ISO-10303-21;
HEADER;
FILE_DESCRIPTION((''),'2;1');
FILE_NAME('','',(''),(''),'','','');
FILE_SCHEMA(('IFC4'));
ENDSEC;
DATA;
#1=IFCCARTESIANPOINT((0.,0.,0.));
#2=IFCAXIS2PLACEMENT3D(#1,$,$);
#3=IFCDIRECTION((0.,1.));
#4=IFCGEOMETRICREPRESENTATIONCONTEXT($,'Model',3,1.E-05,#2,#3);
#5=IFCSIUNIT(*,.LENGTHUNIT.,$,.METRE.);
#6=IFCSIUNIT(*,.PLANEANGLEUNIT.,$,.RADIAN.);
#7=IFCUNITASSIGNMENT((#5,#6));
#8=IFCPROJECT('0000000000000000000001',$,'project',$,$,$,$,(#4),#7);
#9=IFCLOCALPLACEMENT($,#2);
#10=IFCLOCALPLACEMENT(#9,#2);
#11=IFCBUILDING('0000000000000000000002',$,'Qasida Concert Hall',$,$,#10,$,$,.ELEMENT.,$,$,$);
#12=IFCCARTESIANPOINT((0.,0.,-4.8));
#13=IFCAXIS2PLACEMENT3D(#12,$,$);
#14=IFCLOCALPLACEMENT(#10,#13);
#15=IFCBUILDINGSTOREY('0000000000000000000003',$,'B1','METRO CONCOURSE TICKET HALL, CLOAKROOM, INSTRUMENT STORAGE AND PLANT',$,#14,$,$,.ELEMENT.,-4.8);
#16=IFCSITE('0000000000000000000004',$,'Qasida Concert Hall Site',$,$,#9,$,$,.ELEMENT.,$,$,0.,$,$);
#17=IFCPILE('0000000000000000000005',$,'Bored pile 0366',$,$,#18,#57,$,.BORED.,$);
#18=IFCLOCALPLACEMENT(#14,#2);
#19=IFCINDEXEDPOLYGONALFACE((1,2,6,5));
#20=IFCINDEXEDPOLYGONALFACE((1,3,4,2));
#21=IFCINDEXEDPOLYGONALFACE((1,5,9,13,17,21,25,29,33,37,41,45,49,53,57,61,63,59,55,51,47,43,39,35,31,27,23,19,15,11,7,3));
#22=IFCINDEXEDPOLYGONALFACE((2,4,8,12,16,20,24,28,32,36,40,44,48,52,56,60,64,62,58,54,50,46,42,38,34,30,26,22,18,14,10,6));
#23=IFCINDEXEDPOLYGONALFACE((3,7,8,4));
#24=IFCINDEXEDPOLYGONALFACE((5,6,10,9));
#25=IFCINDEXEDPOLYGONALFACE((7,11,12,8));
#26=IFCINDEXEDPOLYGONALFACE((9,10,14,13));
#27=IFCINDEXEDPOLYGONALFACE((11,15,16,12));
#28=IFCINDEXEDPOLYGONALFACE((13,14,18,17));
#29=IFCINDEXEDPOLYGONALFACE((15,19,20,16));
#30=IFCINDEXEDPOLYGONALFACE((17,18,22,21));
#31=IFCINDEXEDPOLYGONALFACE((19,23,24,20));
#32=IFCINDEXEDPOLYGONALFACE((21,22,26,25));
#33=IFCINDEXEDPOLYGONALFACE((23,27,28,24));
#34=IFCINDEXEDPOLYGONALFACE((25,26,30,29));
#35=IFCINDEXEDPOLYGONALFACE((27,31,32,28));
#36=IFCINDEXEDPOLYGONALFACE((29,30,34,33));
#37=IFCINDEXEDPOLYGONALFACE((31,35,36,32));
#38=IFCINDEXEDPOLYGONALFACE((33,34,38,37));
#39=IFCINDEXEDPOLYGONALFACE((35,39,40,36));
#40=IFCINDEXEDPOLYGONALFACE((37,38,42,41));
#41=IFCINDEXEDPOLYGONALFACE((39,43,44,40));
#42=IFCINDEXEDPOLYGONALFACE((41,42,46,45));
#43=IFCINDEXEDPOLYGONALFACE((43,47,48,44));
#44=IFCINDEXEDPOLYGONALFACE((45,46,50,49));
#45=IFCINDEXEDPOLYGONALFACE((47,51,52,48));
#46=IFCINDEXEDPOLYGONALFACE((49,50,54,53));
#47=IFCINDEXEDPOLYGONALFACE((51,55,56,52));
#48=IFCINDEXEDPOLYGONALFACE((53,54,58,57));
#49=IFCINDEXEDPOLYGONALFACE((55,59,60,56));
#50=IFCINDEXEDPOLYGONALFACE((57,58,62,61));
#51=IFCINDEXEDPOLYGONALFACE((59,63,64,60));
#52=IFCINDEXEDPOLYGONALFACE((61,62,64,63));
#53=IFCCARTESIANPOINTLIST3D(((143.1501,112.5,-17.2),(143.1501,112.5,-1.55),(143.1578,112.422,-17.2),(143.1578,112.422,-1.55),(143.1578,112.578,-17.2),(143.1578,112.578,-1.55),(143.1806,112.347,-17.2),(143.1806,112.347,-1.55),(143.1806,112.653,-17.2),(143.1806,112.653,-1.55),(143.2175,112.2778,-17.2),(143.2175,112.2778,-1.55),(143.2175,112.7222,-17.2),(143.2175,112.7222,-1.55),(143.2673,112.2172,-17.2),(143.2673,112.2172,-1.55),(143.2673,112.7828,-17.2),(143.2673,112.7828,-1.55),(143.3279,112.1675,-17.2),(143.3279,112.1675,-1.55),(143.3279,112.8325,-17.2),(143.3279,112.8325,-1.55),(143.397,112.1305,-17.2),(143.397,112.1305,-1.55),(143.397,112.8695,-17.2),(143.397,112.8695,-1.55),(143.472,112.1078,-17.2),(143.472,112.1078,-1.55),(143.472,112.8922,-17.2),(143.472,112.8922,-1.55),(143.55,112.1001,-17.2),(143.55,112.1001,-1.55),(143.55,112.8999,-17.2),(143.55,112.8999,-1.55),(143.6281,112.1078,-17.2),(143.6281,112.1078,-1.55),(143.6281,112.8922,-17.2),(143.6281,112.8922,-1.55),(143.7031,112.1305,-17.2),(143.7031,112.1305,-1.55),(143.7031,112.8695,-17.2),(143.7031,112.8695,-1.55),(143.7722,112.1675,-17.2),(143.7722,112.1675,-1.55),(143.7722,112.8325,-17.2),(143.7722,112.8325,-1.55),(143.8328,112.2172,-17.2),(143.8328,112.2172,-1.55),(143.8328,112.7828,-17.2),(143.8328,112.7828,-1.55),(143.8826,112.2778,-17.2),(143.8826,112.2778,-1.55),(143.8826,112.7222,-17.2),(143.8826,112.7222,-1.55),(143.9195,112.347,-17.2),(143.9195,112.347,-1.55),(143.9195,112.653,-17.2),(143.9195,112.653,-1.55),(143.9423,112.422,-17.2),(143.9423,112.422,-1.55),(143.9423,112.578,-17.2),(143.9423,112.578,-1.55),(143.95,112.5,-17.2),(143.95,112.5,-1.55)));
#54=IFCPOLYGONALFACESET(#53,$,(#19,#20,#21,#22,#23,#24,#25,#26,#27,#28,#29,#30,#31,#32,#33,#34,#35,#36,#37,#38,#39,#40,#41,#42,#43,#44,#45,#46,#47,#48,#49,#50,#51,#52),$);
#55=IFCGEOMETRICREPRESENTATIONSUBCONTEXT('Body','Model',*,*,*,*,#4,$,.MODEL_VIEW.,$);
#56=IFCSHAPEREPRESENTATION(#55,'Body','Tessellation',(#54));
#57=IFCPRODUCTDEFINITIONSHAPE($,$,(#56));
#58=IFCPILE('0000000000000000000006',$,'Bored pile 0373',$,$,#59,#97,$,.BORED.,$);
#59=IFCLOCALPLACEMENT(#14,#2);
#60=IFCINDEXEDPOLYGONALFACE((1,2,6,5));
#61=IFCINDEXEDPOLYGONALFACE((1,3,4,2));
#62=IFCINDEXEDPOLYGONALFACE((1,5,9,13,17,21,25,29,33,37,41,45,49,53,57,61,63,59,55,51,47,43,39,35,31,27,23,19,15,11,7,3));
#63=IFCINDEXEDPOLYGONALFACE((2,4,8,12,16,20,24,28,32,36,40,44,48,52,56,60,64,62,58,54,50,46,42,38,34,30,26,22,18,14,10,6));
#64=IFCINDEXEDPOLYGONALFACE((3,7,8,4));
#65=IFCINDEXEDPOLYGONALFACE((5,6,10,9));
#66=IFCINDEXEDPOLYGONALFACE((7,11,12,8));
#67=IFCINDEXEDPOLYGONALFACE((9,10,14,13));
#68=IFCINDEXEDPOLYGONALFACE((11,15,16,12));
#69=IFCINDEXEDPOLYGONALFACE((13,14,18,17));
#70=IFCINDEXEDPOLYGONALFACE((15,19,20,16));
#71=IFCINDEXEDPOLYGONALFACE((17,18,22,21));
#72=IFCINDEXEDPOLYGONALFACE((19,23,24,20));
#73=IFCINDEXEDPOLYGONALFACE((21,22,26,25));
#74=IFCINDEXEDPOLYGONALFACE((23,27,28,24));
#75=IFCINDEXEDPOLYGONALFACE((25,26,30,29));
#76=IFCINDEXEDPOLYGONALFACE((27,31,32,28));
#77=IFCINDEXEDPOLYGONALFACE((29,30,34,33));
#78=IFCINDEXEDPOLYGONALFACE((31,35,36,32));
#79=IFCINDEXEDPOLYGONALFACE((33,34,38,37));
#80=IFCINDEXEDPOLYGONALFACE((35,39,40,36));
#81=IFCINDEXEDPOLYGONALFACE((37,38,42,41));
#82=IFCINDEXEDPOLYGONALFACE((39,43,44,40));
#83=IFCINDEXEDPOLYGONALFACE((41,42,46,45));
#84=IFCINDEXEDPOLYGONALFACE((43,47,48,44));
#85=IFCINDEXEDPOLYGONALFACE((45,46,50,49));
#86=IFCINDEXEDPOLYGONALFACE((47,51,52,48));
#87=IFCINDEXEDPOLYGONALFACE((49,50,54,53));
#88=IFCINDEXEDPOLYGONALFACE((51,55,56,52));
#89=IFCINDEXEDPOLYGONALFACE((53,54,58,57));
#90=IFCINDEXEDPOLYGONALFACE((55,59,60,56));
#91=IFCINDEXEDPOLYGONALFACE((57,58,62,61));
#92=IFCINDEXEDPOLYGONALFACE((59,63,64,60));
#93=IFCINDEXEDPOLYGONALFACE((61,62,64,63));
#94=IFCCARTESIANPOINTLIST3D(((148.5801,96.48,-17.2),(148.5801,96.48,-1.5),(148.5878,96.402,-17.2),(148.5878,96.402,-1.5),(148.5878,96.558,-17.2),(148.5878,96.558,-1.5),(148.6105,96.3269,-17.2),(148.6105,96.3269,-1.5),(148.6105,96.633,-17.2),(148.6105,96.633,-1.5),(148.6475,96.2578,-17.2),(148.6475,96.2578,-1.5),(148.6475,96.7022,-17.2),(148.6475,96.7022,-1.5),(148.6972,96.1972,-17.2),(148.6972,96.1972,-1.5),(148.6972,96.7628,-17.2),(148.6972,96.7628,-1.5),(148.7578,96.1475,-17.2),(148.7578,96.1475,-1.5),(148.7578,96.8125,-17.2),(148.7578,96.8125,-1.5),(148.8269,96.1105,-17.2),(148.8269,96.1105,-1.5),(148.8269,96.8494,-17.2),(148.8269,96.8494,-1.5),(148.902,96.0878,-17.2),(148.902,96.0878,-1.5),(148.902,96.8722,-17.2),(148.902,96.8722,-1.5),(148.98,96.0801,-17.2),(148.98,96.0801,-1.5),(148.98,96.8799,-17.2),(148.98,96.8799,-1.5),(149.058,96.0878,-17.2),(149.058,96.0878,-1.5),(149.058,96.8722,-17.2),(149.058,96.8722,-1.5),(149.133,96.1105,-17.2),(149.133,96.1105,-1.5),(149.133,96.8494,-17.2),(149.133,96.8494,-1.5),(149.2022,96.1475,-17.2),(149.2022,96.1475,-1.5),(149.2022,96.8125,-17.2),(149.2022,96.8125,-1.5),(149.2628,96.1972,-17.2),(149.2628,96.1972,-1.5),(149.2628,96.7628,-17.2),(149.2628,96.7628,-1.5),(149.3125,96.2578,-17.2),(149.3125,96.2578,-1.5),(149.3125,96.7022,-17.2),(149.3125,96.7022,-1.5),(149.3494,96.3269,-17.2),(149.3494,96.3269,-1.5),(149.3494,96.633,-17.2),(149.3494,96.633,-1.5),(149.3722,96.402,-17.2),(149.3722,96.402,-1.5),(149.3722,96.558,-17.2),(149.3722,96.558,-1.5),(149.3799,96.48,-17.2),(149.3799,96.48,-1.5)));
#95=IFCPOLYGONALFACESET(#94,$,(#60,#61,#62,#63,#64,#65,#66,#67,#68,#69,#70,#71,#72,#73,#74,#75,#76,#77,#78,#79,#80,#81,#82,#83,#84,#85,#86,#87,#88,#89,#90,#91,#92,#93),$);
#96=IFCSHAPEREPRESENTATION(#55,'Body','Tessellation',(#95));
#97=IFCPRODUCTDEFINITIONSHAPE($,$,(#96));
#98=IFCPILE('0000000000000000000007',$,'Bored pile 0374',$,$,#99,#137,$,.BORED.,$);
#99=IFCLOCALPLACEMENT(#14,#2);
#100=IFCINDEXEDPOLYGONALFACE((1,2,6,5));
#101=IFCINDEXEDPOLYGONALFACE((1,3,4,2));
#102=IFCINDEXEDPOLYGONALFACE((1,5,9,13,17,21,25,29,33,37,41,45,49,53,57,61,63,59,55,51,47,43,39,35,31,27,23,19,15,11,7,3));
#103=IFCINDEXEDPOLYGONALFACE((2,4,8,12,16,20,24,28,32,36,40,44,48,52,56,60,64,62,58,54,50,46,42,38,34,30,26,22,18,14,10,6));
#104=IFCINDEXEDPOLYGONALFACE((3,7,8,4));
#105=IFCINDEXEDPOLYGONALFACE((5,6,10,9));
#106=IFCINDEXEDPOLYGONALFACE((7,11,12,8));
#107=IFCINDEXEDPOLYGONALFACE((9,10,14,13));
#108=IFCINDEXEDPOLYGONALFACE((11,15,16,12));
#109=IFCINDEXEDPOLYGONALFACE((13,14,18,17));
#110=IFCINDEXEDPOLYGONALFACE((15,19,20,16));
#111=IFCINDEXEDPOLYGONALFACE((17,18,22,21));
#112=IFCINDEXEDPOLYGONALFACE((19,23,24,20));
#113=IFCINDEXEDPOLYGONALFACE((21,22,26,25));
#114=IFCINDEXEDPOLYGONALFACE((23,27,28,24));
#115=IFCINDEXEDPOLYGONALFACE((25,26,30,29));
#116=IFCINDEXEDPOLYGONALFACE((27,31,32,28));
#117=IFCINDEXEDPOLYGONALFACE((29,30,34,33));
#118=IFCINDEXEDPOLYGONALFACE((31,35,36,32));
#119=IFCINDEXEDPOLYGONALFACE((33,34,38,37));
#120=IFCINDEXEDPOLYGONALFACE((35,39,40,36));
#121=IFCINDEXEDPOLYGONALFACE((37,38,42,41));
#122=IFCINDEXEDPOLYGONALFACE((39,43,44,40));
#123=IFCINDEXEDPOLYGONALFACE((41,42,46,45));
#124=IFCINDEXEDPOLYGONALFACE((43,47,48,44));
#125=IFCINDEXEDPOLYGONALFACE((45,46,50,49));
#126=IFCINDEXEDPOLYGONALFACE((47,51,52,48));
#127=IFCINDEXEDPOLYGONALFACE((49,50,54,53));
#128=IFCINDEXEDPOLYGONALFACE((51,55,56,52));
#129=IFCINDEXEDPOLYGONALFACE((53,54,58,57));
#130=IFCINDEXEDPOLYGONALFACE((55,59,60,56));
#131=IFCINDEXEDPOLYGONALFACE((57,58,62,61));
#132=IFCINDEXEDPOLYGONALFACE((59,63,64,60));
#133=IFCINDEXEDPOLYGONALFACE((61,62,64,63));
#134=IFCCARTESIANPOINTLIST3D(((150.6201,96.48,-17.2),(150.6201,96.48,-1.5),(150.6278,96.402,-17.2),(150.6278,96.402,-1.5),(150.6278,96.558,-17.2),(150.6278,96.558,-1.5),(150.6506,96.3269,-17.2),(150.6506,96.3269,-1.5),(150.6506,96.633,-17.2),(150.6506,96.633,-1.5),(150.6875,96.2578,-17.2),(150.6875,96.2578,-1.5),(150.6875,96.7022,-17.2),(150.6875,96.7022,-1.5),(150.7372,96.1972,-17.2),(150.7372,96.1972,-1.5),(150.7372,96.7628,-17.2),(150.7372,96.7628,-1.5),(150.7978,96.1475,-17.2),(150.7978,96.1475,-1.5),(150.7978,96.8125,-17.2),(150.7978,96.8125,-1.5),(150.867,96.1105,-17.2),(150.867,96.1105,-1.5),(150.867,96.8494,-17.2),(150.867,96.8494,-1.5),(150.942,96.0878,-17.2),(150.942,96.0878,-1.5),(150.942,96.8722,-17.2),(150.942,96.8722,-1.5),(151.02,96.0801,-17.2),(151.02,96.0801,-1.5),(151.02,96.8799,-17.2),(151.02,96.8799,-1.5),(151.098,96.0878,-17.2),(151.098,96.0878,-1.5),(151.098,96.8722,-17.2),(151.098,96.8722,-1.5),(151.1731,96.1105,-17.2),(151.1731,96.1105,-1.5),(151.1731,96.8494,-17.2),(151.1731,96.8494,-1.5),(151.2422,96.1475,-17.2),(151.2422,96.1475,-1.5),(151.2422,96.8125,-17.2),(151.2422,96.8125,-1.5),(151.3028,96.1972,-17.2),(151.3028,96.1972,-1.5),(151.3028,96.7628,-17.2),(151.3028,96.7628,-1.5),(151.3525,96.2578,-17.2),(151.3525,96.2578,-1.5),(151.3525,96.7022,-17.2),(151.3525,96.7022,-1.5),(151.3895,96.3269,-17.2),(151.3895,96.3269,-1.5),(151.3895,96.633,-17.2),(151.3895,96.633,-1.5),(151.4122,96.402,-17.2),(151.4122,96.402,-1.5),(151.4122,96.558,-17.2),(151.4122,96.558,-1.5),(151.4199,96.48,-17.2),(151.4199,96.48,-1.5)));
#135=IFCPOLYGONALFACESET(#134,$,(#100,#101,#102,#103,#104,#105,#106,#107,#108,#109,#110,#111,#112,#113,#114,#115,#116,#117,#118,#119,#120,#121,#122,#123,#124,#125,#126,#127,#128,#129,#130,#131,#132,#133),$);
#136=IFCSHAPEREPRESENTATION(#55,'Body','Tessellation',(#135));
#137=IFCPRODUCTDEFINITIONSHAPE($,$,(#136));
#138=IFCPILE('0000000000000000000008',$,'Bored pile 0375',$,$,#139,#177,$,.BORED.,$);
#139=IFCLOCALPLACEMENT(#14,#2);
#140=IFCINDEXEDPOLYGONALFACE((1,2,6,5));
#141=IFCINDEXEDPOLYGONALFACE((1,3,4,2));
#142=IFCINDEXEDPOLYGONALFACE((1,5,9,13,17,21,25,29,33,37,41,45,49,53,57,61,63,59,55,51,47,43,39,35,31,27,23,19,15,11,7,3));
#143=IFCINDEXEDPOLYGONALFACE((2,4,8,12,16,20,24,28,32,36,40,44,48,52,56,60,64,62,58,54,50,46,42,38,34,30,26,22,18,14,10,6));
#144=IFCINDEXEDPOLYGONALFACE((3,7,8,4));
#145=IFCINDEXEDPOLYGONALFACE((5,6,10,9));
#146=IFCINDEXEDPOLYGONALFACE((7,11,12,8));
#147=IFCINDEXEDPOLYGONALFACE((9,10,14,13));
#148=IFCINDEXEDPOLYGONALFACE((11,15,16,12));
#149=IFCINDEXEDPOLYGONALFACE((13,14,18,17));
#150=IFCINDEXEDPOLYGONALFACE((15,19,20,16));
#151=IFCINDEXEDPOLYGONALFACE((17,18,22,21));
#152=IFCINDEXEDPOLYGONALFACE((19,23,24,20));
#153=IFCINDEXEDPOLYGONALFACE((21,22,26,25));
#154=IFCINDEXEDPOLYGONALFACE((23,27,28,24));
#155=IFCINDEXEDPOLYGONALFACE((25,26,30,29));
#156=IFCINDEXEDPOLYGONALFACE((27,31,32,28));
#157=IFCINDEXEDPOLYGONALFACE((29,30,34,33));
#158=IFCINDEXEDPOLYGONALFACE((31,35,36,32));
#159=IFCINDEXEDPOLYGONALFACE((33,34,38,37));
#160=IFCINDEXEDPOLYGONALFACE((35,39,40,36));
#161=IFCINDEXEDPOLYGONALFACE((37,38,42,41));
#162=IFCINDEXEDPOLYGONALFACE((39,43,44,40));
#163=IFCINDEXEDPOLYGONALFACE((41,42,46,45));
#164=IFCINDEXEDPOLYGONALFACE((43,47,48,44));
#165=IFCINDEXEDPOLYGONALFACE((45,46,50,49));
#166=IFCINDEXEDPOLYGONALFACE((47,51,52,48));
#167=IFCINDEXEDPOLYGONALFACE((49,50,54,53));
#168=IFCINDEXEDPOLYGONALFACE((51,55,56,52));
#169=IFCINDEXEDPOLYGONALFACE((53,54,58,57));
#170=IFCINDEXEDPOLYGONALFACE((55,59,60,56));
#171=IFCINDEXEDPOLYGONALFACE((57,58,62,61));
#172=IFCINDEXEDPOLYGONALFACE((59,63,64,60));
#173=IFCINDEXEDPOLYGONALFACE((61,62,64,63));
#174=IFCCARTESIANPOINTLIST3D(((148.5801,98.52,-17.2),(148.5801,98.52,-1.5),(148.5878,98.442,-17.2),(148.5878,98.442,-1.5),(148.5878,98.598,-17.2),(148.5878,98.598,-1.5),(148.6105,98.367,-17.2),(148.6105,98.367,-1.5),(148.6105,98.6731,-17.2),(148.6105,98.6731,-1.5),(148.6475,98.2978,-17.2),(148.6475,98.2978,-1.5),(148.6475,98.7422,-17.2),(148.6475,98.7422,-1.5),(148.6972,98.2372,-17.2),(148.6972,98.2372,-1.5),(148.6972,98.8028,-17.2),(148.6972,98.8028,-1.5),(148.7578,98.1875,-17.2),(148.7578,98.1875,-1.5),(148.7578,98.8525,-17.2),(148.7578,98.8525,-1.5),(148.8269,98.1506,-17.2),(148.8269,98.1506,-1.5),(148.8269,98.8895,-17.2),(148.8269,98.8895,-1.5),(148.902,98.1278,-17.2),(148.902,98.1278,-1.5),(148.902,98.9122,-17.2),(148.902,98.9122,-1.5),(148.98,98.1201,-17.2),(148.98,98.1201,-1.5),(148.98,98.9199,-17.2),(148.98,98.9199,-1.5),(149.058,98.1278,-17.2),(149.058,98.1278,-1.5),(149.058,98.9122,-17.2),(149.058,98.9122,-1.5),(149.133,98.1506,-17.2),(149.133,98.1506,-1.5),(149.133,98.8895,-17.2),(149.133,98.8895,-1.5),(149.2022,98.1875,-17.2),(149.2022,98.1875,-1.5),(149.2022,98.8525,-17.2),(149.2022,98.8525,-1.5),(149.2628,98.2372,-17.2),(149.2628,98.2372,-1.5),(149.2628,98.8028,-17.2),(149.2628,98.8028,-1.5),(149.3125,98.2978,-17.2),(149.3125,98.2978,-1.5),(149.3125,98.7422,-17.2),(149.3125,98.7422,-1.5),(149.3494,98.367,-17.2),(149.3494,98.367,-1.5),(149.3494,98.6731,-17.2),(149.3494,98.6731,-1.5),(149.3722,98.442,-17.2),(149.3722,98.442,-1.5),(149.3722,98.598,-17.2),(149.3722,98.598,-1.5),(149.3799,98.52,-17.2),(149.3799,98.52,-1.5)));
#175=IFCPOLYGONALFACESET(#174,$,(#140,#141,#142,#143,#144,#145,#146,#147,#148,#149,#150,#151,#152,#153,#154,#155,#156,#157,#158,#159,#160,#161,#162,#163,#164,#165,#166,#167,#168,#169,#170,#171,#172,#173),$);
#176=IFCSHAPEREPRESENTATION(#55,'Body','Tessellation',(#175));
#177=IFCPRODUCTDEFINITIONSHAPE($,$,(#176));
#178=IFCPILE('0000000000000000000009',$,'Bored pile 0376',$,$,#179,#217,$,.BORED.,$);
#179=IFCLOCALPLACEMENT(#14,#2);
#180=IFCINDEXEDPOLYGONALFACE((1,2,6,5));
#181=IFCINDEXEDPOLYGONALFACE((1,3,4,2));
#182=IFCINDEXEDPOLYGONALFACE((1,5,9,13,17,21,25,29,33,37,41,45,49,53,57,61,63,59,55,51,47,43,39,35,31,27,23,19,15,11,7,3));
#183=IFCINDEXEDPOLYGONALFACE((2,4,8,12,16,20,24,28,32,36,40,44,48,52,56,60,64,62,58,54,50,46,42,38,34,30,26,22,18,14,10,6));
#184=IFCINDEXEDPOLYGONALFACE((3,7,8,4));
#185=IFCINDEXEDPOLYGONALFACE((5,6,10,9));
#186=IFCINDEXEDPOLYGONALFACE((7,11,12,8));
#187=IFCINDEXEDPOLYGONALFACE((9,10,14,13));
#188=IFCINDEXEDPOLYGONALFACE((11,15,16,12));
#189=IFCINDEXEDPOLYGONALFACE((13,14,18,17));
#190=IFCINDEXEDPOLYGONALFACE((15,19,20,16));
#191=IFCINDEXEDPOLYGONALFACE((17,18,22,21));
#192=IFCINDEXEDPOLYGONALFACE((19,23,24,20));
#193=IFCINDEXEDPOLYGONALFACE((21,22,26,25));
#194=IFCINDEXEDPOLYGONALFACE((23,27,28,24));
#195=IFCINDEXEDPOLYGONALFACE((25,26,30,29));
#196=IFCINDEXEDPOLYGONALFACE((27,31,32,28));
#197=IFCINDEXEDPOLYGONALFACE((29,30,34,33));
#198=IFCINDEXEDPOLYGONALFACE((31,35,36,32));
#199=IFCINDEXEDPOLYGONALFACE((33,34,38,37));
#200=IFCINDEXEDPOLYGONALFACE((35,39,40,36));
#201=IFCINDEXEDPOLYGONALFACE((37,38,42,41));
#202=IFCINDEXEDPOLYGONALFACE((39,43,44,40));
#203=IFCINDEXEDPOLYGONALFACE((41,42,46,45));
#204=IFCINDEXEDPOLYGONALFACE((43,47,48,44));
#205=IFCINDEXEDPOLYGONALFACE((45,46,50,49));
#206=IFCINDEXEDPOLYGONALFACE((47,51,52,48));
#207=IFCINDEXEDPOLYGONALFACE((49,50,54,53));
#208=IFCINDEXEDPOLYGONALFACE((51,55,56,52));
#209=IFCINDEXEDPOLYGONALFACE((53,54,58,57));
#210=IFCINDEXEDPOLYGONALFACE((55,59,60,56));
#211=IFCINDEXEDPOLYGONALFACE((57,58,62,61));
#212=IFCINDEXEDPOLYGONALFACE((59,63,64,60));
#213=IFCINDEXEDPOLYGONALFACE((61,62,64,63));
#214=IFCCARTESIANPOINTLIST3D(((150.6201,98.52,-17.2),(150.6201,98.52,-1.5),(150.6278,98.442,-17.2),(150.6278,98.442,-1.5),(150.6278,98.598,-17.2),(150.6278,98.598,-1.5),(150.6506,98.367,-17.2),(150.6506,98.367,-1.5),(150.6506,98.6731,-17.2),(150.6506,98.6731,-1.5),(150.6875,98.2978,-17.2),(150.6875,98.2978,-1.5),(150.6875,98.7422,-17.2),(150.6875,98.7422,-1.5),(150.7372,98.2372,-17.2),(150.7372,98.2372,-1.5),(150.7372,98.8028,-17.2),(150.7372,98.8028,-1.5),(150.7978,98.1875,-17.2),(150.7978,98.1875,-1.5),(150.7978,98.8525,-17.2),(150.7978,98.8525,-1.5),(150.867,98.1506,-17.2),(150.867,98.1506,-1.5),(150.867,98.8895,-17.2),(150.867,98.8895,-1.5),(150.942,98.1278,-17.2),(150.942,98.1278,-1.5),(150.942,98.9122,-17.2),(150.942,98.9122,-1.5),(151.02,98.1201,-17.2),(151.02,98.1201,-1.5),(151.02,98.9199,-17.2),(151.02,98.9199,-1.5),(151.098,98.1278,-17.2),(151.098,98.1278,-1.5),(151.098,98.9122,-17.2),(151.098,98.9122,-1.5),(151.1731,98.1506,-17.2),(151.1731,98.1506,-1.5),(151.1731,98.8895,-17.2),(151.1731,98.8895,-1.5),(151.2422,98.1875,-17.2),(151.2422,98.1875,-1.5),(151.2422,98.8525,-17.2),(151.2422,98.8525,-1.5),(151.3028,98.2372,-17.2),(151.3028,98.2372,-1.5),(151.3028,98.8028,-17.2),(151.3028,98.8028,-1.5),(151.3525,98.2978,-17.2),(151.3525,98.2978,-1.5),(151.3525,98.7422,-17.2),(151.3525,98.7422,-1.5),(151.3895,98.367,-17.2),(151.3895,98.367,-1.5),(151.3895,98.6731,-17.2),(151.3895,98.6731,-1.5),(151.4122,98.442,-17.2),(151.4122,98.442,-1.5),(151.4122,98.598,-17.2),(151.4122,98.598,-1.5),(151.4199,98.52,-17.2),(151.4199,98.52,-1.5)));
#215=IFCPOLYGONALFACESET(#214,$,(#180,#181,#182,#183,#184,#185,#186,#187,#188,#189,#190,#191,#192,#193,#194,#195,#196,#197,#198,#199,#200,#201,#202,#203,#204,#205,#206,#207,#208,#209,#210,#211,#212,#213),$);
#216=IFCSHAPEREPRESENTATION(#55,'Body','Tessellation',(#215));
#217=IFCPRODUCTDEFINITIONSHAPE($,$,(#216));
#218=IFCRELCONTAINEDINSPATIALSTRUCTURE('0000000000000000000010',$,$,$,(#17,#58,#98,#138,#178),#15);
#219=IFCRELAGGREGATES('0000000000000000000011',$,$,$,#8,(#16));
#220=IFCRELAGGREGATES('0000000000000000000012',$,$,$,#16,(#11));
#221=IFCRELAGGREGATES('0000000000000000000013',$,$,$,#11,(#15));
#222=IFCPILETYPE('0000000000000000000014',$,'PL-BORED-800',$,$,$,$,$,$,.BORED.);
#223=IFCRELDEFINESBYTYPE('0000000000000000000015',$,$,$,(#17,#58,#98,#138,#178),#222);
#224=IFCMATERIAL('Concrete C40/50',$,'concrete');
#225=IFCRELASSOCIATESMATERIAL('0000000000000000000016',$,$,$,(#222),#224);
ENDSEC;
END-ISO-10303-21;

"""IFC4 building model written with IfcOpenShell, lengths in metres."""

from ifc_helpers import new_model, si_unit, direction, frame, origin, origin_2d, place, context, subcontext, project, spatial, circle, extrude, material, material_profile, profile_set, type_object, element, save


model = new_model("IFC4")

# Units and contexts
model_context = context("Model", 3, precision=1e-05, world=origin(), true_north=direction((0.0, 1.0)))
body_context = subcontext(model_context, "Body", "Model", "MODEL_VIEW")
ifc_project = project(units=[si_unit("LENGTHUNIT", "METRE"), si_unit("PLANEANGLEUNIT", "RADIAN")], contexts=[model_context])

# Site, building, storey
site_placement = place(None, origin())
site = spatial("IfcSite", under=ifc_project, at=site_placement, Name="Qasida Concert Hall Site", CompositionType="ELEMENT", RefElevation=0.0)
building_placement = place(site_placement, origin())
building = spatial("IfcBuilding", under=site, at=building_placement, Name="Qasida Concert Hall", CompositionType="ELEMENT")
storey_placement = place(building_placement, frame((0.0, 0.0, -4.8)))
storey = spatial("IfcBuildingStorey", under=building, at=storey_placement, Name="B1", Description="METRO CONCOURSE TICKET HALL, CLOAKROOM, INSTRUMENT STORAGE AND PLANT", CompositionType="ELEMENT", Elevation=-4.8)

# Shared definitions
ifc_material_1 = material(Name="Concrete C40/50", Category="concrete")

# Piles
ifc_material_profile_1 = material_profile(ifc_material_1, circle(Radius=0.3999, at=origin_2d()), Name="BORED PILE D800")
ifc_profile_set_1 = profile_set([ifc_material_profile_1], Name="Concrete C40/50")
pile_type = type_object("IfcPileType", Name="PL-BORED-800", PredefinedType="BORED", material=ifc_profile_set_1)
pile_1_placement = place(storey_placement, frame((143.55, 112.5, -1.55), z_axis=(0.0, 0.0, -1.0), x_axis=(1.0, 0.0, 0.0)))
element("IfcPile", 1, at=pile_1_placement, inside=storey, type_object=pile_type, Name="Bored pile 0366", PredefinedType="BORED", context=body_context, shape_type="SweptSolid", body=[
    extrude(circle(Radius=0.3999, at=origin_2d()), origin(), (0.0, 0.0, 1.0), 15.6499),
])
for number, where, z_axis, x_axis, name in (
    (2, (148.98, 96.48, -1.5), (0.0, 0.0, -1.0), (1.0, 0.0, 0.0), "Bored pile 0373"),
    (3, (151.02, 96.48, -1.5), (0.0, 0.0, -1.0), (1.0, 0.0, 0.0), "Bored pile 0374"),
    (4, (148.98, 98.52, -1.5), (0.0, 0.0, -1.0), (1.0, 0.0, 0.0), "Bored pile 0375"),
    (5, (151.02, 98.52, -1.5), (0.0, 0.0, -1.0), (1.0, 0.0, 0.0), "Bored pile 0376"),
):
    element("IfcPile", number, at=place(storey_placement, frame(where, z_axis=z_axis, x_axis=x_axis)), inside=storey, type_object=pile_type, Name=name, PredefinedType="BORED", context=body_context, shape_type="SweptSolid", body=[
        extrude(circle(Radius=0.3999, at=origin_2d()), origin(), (0.0, 0.0, 1.0), 15.7),
    ])

save(model, "model.ifc")
